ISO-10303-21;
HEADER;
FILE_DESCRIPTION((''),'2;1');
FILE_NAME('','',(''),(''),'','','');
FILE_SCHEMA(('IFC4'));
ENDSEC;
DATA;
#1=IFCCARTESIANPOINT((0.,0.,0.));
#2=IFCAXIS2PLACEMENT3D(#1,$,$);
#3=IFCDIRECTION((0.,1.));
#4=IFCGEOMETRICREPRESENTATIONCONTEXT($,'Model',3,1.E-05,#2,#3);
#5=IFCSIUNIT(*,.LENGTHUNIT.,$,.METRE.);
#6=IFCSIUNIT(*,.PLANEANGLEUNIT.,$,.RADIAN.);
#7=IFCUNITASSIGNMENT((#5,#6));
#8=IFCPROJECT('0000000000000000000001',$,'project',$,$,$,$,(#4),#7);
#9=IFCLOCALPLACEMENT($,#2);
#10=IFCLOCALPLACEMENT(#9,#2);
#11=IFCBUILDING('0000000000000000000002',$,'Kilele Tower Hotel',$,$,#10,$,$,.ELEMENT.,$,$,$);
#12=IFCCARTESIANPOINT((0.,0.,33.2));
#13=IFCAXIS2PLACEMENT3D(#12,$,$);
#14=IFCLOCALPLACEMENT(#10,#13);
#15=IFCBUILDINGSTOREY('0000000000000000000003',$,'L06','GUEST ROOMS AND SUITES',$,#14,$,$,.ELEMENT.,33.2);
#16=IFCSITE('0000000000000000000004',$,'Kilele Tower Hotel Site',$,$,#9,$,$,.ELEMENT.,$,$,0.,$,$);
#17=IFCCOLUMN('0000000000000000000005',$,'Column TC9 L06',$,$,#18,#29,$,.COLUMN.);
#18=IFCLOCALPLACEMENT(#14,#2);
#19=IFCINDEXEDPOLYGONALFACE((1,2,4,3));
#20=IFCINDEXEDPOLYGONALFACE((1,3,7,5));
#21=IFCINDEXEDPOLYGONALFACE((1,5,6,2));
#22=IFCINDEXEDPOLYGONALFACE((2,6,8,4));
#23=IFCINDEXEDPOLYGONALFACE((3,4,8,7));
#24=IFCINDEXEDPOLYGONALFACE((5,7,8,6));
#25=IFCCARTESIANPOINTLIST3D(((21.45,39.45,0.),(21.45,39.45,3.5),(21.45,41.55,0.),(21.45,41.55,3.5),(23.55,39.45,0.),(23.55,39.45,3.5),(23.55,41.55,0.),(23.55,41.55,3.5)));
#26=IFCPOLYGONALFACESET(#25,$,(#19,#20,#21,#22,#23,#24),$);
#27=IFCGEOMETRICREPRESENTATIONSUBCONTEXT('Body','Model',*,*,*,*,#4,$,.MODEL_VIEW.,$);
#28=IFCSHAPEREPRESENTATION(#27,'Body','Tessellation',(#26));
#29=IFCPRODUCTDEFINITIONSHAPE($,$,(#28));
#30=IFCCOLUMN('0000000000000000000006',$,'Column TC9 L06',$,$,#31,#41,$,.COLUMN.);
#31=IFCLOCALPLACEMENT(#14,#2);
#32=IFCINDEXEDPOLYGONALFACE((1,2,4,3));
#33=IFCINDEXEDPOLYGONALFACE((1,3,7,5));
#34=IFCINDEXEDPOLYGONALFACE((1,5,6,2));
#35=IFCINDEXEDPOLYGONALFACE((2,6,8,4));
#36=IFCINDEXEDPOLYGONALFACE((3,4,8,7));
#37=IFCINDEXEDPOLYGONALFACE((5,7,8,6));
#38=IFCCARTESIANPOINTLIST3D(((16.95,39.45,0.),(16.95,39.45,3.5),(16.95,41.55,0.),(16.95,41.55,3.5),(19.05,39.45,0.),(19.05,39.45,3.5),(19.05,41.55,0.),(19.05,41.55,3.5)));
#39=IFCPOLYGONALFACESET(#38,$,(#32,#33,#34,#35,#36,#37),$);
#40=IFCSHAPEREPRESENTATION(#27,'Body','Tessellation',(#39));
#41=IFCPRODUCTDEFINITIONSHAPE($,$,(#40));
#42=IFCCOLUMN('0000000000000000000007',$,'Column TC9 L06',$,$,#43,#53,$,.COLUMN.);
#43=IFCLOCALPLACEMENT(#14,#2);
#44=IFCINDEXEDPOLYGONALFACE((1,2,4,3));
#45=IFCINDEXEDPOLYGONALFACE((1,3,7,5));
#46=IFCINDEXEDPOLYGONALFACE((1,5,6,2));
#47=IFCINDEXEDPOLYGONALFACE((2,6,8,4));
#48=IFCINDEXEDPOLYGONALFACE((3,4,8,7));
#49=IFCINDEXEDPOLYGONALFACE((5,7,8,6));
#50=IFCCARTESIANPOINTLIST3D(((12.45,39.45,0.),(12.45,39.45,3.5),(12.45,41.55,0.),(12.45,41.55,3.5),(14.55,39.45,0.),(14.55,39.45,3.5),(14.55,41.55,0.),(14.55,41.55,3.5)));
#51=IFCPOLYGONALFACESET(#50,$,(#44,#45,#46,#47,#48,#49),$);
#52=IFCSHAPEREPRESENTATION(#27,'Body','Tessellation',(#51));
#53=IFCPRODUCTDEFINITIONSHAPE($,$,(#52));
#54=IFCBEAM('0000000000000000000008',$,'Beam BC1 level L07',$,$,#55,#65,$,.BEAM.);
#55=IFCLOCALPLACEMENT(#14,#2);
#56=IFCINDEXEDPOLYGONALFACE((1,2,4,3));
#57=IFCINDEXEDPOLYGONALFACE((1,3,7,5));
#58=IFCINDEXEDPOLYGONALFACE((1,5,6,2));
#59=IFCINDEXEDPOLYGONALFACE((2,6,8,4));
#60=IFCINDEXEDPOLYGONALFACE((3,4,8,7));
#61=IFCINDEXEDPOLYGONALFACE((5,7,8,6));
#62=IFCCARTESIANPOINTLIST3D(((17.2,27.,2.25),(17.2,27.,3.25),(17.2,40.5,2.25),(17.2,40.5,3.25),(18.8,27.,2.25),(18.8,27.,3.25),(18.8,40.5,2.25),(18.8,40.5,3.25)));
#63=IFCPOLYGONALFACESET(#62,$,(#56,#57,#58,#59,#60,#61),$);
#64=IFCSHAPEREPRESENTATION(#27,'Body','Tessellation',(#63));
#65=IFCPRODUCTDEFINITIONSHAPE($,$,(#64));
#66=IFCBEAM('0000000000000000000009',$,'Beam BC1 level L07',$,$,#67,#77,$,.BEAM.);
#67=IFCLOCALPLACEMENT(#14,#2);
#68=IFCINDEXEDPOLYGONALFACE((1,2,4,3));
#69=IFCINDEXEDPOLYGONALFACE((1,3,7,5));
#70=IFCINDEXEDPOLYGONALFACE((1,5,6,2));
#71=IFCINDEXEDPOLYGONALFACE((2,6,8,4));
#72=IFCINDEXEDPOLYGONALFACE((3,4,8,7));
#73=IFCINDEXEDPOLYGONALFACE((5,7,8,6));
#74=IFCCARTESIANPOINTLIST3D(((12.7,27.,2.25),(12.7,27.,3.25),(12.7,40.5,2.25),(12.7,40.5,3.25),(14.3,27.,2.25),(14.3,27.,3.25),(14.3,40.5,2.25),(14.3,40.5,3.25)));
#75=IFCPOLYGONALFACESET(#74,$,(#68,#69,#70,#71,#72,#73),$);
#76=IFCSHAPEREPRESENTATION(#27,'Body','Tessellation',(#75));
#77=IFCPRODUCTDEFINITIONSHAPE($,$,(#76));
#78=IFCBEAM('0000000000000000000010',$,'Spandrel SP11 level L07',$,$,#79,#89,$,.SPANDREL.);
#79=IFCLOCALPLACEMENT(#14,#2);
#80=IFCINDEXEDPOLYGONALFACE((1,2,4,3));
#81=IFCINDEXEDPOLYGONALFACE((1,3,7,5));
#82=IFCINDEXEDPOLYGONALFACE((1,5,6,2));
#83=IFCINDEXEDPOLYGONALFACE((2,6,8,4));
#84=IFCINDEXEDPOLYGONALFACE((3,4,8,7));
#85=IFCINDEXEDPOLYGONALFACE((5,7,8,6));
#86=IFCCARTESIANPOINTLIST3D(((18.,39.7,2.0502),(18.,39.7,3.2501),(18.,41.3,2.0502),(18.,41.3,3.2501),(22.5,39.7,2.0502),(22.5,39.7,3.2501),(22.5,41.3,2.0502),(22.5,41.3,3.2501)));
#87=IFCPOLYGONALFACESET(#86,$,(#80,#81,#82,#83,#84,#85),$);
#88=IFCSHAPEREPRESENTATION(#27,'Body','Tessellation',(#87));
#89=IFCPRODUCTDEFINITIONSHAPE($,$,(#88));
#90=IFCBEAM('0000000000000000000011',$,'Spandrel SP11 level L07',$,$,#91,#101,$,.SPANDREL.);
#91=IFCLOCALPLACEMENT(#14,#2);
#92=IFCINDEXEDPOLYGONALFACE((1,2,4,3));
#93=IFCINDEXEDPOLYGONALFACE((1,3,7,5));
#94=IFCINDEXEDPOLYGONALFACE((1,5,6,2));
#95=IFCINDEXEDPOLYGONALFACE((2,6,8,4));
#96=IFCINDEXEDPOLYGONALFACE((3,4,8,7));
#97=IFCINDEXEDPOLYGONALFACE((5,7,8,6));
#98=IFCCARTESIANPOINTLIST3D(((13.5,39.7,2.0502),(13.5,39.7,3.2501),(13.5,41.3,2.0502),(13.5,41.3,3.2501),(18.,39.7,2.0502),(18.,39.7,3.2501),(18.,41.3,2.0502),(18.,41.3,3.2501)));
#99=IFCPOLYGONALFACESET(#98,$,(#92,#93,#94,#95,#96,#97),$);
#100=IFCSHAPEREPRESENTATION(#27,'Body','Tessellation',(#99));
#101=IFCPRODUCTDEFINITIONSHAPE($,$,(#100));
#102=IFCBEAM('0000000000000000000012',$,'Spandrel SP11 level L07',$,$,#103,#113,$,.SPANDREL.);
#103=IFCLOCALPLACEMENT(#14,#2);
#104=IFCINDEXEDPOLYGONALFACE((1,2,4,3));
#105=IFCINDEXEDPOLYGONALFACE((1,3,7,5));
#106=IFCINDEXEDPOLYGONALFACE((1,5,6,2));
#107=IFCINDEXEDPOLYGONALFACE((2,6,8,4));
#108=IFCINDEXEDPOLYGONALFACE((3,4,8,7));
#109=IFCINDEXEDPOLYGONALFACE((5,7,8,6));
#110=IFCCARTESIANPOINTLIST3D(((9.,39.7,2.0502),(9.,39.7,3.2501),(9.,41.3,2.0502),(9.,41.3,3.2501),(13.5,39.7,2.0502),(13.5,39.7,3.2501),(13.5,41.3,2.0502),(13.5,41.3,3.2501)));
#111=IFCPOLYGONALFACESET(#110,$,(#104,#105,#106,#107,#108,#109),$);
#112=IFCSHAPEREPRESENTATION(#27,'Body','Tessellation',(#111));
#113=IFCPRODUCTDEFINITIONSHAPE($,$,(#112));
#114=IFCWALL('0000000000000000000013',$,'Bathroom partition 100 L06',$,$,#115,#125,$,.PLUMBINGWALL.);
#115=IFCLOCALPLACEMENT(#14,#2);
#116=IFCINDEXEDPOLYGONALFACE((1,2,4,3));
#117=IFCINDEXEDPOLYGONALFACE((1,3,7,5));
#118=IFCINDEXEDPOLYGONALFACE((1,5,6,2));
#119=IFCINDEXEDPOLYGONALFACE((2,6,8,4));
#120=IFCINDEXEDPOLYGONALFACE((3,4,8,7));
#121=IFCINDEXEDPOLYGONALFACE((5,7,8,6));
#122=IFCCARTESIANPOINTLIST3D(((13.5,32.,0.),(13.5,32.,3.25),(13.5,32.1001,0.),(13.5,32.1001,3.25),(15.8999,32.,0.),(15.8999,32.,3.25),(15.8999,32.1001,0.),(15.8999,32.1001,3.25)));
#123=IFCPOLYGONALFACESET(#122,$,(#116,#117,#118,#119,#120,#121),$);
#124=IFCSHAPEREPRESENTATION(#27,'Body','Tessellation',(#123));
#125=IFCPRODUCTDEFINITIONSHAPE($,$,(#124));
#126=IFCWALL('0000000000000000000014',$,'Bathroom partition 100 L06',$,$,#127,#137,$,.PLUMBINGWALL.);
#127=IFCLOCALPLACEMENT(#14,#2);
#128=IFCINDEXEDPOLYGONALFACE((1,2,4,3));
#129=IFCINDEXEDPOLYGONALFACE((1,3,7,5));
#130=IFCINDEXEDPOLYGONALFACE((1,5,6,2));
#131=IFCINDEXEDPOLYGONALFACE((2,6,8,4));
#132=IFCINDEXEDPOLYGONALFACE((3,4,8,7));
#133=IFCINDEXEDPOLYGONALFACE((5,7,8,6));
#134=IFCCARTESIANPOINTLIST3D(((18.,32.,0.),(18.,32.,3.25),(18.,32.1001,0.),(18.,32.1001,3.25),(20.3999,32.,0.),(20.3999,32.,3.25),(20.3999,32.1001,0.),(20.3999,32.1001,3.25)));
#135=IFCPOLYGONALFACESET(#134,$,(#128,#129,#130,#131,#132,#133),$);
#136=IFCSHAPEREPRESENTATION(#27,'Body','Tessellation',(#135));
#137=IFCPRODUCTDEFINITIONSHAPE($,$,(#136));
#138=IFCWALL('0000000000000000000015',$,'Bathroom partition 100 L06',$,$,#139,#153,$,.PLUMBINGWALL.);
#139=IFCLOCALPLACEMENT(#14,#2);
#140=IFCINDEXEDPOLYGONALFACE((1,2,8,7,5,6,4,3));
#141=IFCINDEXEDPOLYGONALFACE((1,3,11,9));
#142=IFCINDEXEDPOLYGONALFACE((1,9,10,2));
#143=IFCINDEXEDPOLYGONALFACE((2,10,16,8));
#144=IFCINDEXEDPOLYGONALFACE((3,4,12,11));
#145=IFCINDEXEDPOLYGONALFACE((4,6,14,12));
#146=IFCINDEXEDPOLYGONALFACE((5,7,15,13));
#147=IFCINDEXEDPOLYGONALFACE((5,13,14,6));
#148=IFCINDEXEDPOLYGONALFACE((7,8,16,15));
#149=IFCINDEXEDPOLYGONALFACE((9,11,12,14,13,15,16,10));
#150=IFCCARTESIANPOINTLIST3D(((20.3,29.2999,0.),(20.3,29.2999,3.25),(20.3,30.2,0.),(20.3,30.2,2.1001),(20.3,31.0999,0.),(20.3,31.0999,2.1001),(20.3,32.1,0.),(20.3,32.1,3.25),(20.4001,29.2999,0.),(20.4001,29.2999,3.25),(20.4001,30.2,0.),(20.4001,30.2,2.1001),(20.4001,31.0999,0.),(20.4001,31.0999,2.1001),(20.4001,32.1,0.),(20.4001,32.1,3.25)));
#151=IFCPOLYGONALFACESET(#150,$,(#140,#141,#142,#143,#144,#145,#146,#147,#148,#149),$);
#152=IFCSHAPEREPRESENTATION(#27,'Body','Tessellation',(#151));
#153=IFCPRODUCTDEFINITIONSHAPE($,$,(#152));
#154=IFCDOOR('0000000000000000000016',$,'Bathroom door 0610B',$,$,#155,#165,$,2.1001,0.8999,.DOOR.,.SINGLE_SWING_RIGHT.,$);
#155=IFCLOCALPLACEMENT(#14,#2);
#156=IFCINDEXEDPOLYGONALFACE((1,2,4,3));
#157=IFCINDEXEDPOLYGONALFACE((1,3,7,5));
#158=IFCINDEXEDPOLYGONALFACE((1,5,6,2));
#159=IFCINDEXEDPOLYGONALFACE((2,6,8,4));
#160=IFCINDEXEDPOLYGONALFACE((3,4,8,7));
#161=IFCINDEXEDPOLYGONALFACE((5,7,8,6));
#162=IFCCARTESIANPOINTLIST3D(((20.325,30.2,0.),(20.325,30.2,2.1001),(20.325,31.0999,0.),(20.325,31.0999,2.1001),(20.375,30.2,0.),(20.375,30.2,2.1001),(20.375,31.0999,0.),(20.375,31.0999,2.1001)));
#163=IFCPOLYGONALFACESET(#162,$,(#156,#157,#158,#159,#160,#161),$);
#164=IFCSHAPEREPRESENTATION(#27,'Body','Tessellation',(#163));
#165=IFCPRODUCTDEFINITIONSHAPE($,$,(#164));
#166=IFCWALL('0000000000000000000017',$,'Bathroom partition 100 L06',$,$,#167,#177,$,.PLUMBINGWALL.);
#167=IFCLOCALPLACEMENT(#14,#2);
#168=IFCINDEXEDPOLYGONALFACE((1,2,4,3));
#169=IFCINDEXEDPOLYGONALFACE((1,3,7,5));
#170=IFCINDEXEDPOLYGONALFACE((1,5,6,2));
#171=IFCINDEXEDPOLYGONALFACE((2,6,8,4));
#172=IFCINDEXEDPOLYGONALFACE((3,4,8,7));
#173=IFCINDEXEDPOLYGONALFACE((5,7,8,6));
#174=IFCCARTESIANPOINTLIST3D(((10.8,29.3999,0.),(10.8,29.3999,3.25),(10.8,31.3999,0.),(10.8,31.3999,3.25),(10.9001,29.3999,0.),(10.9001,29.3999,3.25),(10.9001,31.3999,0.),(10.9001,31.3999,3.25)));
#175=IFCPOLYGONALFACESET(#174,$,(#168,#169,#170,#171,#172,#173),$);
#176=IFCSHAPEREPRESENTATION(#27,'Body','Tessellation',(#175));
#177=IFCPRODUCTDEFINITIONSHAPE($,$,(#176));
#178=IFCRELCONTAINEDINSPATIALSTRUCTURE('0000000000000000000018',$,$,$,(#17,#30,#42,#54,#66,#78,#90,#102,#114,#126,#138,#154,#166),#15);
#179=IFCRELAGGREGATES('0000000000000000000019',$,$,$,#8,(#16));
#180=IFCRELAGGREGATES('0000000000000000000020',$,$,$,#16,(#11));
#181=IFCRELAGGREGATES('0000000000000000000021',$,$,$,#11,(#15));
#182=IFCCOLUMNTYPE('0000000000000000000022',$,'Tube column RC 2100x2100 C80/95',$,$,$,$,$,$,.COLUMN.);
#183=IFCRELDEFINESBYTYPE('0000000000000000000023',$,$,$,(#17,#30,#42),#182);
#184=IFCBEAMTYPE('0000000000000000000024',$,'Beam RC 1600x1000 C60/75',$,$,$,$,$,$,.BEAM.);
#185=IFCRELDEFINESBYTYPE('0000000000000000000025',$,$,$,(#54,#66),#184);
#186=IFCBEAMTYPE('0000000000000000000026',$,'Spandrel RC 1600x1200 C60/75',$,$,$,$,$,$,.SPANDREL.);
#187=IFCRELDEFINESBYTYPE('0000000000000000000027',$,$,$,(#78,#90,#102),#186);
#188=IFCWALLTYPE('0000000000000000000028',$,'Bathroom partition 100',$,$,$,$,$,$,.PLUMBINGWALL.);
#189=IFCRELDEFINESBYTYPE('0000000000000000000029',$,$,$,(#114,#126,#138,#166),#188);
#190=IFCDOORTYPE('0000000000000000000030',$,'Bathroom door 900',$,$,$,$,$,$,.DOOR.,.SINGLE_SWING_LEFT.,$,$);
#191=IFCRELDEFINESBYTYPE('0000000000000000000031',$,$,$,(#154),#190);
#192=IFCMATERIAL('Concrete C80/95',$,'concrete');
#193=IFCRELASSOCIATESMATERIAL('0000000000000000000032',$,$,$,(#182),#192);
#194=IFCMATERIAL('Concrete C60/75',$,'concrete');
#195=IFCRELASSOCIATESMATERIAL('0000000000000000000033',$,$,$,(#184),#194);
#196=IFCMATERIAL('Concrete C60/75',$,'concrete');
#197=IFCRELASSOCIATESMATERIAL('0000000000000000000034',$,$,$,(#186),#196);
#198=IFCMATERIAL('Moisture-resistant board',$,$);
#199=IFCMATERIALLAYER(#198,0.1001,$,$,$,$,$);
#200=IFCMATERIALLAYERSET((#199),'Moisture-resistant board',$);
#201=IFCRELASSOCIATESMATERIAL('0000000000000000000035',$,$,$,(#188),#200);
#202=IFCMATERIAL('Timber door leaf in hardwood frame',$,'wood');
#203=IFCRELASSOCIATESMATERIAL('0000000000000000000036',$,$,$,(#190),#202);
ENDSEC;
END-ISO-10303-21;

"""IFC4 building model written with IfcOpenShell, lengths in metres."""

from ifc_helpers import new_model, si_unit, direction, frame, frame_2d, origin, origin_2d, place, context, subcontext, project, spatial, rectangle, extrude, material, layer, layer_set, material_profile, profile_set, type_object, element, fill, save


model = new_model("IFC4")

# Units and contexts
model_context = context("Model", 3, precision=1e-05, world=origin(), true_north=direction((0.0, 1.0)))
body_context = subcontext(model_context, "Body", "Model", "MODEL_VIEW")
ifc_project = project(units=[si_unit("LENGTHUNIT", "METRE"), si_unit("PLANEANGLEUNIT", "RADIAN")], contexts=[model_context])

# Site, building, storey
site_placement = place(None, origin())
site = spatial("IfcSite", under=ifc_project, at=site_placement, Name="Kilele Tower Hotel Site", CompositionType="ELEMENT", RefElevation=0.0)
building_placement = place(site_placement, origin())
building = spatial("IfcBuilding", under=site, at=building_placement, Name="Kilele Tower Hotel", CompositionType="ELEMENT")
storey_placement = place(building_placement, frame((0.0, 0.0, 33.2)))
storey = spatial("IfcBuildingStorey", under=building, at=storey_placement, Name="L06", Description="GUEST ROOMS AND SUITES", CompositionType="ELEMENT", Elevation=33.2)

# Columns
ifc_material_1 = material(Name="Concrete C80/95", Category="concrete")
ifc_material_profile_1 = material_profile(ifc_material_1, rectangle(XDim=2.1001, YDim=2.1001, at=origin_2d()))
ifc_profile_set_1 = profile_set([ifc_material_profile_1], Name="Concrete C80/95")
column_type = type_object("IfcColumnType", Name="Tube column RC 2100x2100 C80/95", PredefinedType="COLUMN", material=ifc_profile_set_1)
for number, where, z_axis, x_axis, name in (
    (1, (22.5, 40.5, 0.0), (0.0, 0.0, 1.0), (1.0, 0.0, 0.0), "Column TC9 L06"),
    (2, (18.0, 40.5, 0.0), (0.0, 0.0, 1.0), (1.0, 0.0, 0.0), "Column TC9 L06"),
    (3, (13.5, 40.5, 0.0), (0.0, 0.0, 1.0), (1.0, 0.0, 0.0), "Column TC9 L06"),
):
    element("IfcColumn", number, at=place(storey_placement, frame(where, z_axis=z_axis, x_axis=x_axis)), inside=storey, type_object=column_type, Name=name, PredefinedType="COLUMN", context=body_context, shape_type="SweptSolid", body=[
        extrude(rectangle(XDim=2.1001, YDim=2.1001, at=origin_2d()), origin(), (0.0, 0.0, 1.0), 3.5),
    ])

# Beams
ifc_material_2 = material(Name="Concrete C60/75", Category="concrete")
ifc_material_profile_2 = material_profile(ifc_material_2, rectangle(XDim=1.6001, YDim=1.0, at=origin_2d()))
ifc_profile_set_2 = profile_set([ifc_material_profile_2], Name="Concrete C60/75")
beam_type_1 = type_object("IfcBeamType", Name="Beam RC 1600x1000 C60/75", PredefinedType="BEAM", material=ifc_profile_set_2)
for number, where, z_axis, x_axis, name in (
    (4, (18.0, 40.5, 2.75), (0.0, -1.0, 0.0), (1.0, 0.0, 0.0), "Beam BC1 level L07"),
    (5, (13.5, 40.5, 2.75), (0.0, -1.0, 0.0), (1.0, 0.0, 0.0), "Beam BC1 level L07"),
):
    element("IfcBeam", number, at=place(storey_placement, frame(where, z_axis=z_axis, x_axis=x_axis)), inside=storey, type_object=beam_type_1, Name=name, PredefinedType="BEAM", context=body_context, shape_type="SweptSolid", body=[
        extrude(rectangle(XDim=1.6001, YDim=1.0, at=origin_2d()), origin(), (0.0, 0.0, 1.0), 13.5),
    ])
ifc_material_3 = material(Name="Concrete C60/75", Category="concrete")
ifc_material_profile_3 = material_profile(ifc_material_3, rectangle(XDim=1.6001, YDim=1.2, at=origin_2d()))
ifc_profile_set_3 = profile_set([ifc_material_profile_3], Name="Concrete C60/75")
beam_type_2 = type_object("IfcBeamType", Name="Spandrel RC 1600x1200 C60/75", PredefinedType="SPANDREL", material=ifc_profile_set_3)
for number, where, z_axis, x_axis, name in (
    (6, (22.5, 40.5, 2.6501), (-1.0, 0.0, 0.0), (0.0, -1.0, 0.0), "Spandrel SP11 level L07"),
    (7, (18.0, 40.5, 2.6501), (-1.0, 0.0, 0.0), (0.0, -1.0, 0.0), "Spandrel SP11 level L07"),
    (8, (13.5, 40.5, 2.6501), (-1.0, 0.0, 0.0), (0.0, -1.0, 0.0), "Spandrel SP11 level L07"),
):
    element("IfcBeam", number, at=place(storey_placement, frame(where, z_axis=z_axis, x_axis=x_axis)), inside=storey, type_object=beam_type_2, Name=name, PredefinedType="SPANDREL", context=body_context, shape_type="SweptSolid", body=[
        extrude(rectangle(XDim=1.6001, YDim=1.2, at=origin_2d()), origin(), (0.0, 0.0, 1.0), 4.5),
    ])

# Walls
ifc_material_4 = material(Name="Moisture-resistant board")
ifc_layer_1 = layer(ifc_material_4, 0.1001)
ifc_layer_set_1 = layer_set([ifc_layer_1], Name="Moisture-resistant board")
wall_type_1 = type_object("IfcWallType", Name="Bathroom partition 100", PredefinedType="PLUMBINGWALL", material=ifc_layer_set_1)
for number, where, z_axis, x_axis, name in (
    (9, (13.5, 32.05, 0.0), (0.0, 0.0, 1.0), (1.0, 0.0, 0.0), "Bathroom partition 100 L06"),
    (10, (18.0, 32.05, 0.0), (0.0, 0.0, 1.0), (1.0, 0.0, 0.0), "Bathroom partition 100 L06"),
):
    element("IfcWall", number, at=place(storey_placement, frame(where, z_axis=z_axis, x_axis=x_axis)), inside=storey, type_object=wall_type_1, Name=name, PredefinedType="PLUMBINGWALL", context=body_context, shape_type="SweptSolid", body=[
        extrude(rectangle(XDim=2.3999, YDim=0.1001, at=frame_2d((1.2, 0.0))), origin(), (0.0, 0.0, 1.0), 3.25),
    ])

# Wall, opening, door
wall_1_placement = place(storey_placement, frame((20.3501, 29.3, 0.0), z_axis=(0.0, 0.0, 1.0), x_axis=(0.0, 1.0, 0.0)))
wall_1 = element("IfcWall", 11, at=wall_1_placement, inside=storey, type_object=wall_type_1, Name="Bathroom partition 100 L06", PredefinedType="PLUMBINGWALL", context=body_context, shape_type="SweptSolid", body=[
    extrude(rectangle(XDim=2.8, YDim=0.1001, at=frame_2d((1.3999, 0.0))), origin(), (0.0, 0.0, 1.0), 3.25),
])
opening_1_placement = place(wall_1_placement, frame((1.7998, 0.0, 0.0), z_axis=(0.0, 0.0, 1.0), x_axis=(-1.0, 0.0, 0.0)))
opening_1 = element("IfcOpeningElement", 12, at=opening_1_placement, cuts=wall_1, PredefinedType="OPENING", context=body_context, shape_type="SweptSolid", body=[
    extrude(rectangle(XDim=0.8999, YDim=2.1001, at=frame_2d((0.45, 1.05))), frame((0.0, 0.0601, 0.0), z_axis=(0.0, -1.0, 0.0), x_axis=(1.0, 0.0, 0.0)), (0.0, 0.0, 1.0), 0.1201),
])
ifc_material_5 = material(Name="Timber door leaf in hardwood frame", Category="wood")
door_type_1 = type_object("IfcDoorType", Name="Bathroom door 900", OperationType="SINGLE_SWING_LEFT", PredefinedType="DOOR", material=ifc_material_5)
door_1_placement = place(opening_1_placement, origin())
door_1 = element("IfcDoor", 13, at=door_1_placement, inside=storey, type_object=door_type_1, Name="Bathroom door 0610B", OperationType="SINGLE_SWING_RIGHT", OverallHeight=2.1001, OverallWidth=0.8999, PredefinedType="DOOR", context=body_context, shape_type="SweptSolid", body=[
    extrude(rectangle(XDim=0.8999, YDim=2.1001, at=frame_2d((0.45, 1.05))), frame((0.0, 0.0249, 0.0), z_axis=(0.0, -1.0, 0.0), x_axis=(1.0, 0.0, 0.0)), (0.0, 0.0, 1.0), 0.05),
])
fill(opening_1, door_1)

# Wall
wall_2_placement = place(storey_placement, frame((10.8501, 31.3999, 0.0), z_axis=(0.0, 0.0, 1.0), x_axis=(0.0, -1.0, 0.0)))
element("IfcWall", 14, at=wall_2_placement, inside=storey, type_object=wall_type_1, Name="Bathroom partition 100 L06", PredefinedType="PLUMBINGWALL", context=body_context, shape_type="SweptSolid", body=[
    extrude(rectangle(XDim=2.0, YDim=0.1001, at=frame_2d((1.0, 0.0))), origin(), (0.0, 0.0, 1.0), 3.25),
])

save(model, "model.ifc")
